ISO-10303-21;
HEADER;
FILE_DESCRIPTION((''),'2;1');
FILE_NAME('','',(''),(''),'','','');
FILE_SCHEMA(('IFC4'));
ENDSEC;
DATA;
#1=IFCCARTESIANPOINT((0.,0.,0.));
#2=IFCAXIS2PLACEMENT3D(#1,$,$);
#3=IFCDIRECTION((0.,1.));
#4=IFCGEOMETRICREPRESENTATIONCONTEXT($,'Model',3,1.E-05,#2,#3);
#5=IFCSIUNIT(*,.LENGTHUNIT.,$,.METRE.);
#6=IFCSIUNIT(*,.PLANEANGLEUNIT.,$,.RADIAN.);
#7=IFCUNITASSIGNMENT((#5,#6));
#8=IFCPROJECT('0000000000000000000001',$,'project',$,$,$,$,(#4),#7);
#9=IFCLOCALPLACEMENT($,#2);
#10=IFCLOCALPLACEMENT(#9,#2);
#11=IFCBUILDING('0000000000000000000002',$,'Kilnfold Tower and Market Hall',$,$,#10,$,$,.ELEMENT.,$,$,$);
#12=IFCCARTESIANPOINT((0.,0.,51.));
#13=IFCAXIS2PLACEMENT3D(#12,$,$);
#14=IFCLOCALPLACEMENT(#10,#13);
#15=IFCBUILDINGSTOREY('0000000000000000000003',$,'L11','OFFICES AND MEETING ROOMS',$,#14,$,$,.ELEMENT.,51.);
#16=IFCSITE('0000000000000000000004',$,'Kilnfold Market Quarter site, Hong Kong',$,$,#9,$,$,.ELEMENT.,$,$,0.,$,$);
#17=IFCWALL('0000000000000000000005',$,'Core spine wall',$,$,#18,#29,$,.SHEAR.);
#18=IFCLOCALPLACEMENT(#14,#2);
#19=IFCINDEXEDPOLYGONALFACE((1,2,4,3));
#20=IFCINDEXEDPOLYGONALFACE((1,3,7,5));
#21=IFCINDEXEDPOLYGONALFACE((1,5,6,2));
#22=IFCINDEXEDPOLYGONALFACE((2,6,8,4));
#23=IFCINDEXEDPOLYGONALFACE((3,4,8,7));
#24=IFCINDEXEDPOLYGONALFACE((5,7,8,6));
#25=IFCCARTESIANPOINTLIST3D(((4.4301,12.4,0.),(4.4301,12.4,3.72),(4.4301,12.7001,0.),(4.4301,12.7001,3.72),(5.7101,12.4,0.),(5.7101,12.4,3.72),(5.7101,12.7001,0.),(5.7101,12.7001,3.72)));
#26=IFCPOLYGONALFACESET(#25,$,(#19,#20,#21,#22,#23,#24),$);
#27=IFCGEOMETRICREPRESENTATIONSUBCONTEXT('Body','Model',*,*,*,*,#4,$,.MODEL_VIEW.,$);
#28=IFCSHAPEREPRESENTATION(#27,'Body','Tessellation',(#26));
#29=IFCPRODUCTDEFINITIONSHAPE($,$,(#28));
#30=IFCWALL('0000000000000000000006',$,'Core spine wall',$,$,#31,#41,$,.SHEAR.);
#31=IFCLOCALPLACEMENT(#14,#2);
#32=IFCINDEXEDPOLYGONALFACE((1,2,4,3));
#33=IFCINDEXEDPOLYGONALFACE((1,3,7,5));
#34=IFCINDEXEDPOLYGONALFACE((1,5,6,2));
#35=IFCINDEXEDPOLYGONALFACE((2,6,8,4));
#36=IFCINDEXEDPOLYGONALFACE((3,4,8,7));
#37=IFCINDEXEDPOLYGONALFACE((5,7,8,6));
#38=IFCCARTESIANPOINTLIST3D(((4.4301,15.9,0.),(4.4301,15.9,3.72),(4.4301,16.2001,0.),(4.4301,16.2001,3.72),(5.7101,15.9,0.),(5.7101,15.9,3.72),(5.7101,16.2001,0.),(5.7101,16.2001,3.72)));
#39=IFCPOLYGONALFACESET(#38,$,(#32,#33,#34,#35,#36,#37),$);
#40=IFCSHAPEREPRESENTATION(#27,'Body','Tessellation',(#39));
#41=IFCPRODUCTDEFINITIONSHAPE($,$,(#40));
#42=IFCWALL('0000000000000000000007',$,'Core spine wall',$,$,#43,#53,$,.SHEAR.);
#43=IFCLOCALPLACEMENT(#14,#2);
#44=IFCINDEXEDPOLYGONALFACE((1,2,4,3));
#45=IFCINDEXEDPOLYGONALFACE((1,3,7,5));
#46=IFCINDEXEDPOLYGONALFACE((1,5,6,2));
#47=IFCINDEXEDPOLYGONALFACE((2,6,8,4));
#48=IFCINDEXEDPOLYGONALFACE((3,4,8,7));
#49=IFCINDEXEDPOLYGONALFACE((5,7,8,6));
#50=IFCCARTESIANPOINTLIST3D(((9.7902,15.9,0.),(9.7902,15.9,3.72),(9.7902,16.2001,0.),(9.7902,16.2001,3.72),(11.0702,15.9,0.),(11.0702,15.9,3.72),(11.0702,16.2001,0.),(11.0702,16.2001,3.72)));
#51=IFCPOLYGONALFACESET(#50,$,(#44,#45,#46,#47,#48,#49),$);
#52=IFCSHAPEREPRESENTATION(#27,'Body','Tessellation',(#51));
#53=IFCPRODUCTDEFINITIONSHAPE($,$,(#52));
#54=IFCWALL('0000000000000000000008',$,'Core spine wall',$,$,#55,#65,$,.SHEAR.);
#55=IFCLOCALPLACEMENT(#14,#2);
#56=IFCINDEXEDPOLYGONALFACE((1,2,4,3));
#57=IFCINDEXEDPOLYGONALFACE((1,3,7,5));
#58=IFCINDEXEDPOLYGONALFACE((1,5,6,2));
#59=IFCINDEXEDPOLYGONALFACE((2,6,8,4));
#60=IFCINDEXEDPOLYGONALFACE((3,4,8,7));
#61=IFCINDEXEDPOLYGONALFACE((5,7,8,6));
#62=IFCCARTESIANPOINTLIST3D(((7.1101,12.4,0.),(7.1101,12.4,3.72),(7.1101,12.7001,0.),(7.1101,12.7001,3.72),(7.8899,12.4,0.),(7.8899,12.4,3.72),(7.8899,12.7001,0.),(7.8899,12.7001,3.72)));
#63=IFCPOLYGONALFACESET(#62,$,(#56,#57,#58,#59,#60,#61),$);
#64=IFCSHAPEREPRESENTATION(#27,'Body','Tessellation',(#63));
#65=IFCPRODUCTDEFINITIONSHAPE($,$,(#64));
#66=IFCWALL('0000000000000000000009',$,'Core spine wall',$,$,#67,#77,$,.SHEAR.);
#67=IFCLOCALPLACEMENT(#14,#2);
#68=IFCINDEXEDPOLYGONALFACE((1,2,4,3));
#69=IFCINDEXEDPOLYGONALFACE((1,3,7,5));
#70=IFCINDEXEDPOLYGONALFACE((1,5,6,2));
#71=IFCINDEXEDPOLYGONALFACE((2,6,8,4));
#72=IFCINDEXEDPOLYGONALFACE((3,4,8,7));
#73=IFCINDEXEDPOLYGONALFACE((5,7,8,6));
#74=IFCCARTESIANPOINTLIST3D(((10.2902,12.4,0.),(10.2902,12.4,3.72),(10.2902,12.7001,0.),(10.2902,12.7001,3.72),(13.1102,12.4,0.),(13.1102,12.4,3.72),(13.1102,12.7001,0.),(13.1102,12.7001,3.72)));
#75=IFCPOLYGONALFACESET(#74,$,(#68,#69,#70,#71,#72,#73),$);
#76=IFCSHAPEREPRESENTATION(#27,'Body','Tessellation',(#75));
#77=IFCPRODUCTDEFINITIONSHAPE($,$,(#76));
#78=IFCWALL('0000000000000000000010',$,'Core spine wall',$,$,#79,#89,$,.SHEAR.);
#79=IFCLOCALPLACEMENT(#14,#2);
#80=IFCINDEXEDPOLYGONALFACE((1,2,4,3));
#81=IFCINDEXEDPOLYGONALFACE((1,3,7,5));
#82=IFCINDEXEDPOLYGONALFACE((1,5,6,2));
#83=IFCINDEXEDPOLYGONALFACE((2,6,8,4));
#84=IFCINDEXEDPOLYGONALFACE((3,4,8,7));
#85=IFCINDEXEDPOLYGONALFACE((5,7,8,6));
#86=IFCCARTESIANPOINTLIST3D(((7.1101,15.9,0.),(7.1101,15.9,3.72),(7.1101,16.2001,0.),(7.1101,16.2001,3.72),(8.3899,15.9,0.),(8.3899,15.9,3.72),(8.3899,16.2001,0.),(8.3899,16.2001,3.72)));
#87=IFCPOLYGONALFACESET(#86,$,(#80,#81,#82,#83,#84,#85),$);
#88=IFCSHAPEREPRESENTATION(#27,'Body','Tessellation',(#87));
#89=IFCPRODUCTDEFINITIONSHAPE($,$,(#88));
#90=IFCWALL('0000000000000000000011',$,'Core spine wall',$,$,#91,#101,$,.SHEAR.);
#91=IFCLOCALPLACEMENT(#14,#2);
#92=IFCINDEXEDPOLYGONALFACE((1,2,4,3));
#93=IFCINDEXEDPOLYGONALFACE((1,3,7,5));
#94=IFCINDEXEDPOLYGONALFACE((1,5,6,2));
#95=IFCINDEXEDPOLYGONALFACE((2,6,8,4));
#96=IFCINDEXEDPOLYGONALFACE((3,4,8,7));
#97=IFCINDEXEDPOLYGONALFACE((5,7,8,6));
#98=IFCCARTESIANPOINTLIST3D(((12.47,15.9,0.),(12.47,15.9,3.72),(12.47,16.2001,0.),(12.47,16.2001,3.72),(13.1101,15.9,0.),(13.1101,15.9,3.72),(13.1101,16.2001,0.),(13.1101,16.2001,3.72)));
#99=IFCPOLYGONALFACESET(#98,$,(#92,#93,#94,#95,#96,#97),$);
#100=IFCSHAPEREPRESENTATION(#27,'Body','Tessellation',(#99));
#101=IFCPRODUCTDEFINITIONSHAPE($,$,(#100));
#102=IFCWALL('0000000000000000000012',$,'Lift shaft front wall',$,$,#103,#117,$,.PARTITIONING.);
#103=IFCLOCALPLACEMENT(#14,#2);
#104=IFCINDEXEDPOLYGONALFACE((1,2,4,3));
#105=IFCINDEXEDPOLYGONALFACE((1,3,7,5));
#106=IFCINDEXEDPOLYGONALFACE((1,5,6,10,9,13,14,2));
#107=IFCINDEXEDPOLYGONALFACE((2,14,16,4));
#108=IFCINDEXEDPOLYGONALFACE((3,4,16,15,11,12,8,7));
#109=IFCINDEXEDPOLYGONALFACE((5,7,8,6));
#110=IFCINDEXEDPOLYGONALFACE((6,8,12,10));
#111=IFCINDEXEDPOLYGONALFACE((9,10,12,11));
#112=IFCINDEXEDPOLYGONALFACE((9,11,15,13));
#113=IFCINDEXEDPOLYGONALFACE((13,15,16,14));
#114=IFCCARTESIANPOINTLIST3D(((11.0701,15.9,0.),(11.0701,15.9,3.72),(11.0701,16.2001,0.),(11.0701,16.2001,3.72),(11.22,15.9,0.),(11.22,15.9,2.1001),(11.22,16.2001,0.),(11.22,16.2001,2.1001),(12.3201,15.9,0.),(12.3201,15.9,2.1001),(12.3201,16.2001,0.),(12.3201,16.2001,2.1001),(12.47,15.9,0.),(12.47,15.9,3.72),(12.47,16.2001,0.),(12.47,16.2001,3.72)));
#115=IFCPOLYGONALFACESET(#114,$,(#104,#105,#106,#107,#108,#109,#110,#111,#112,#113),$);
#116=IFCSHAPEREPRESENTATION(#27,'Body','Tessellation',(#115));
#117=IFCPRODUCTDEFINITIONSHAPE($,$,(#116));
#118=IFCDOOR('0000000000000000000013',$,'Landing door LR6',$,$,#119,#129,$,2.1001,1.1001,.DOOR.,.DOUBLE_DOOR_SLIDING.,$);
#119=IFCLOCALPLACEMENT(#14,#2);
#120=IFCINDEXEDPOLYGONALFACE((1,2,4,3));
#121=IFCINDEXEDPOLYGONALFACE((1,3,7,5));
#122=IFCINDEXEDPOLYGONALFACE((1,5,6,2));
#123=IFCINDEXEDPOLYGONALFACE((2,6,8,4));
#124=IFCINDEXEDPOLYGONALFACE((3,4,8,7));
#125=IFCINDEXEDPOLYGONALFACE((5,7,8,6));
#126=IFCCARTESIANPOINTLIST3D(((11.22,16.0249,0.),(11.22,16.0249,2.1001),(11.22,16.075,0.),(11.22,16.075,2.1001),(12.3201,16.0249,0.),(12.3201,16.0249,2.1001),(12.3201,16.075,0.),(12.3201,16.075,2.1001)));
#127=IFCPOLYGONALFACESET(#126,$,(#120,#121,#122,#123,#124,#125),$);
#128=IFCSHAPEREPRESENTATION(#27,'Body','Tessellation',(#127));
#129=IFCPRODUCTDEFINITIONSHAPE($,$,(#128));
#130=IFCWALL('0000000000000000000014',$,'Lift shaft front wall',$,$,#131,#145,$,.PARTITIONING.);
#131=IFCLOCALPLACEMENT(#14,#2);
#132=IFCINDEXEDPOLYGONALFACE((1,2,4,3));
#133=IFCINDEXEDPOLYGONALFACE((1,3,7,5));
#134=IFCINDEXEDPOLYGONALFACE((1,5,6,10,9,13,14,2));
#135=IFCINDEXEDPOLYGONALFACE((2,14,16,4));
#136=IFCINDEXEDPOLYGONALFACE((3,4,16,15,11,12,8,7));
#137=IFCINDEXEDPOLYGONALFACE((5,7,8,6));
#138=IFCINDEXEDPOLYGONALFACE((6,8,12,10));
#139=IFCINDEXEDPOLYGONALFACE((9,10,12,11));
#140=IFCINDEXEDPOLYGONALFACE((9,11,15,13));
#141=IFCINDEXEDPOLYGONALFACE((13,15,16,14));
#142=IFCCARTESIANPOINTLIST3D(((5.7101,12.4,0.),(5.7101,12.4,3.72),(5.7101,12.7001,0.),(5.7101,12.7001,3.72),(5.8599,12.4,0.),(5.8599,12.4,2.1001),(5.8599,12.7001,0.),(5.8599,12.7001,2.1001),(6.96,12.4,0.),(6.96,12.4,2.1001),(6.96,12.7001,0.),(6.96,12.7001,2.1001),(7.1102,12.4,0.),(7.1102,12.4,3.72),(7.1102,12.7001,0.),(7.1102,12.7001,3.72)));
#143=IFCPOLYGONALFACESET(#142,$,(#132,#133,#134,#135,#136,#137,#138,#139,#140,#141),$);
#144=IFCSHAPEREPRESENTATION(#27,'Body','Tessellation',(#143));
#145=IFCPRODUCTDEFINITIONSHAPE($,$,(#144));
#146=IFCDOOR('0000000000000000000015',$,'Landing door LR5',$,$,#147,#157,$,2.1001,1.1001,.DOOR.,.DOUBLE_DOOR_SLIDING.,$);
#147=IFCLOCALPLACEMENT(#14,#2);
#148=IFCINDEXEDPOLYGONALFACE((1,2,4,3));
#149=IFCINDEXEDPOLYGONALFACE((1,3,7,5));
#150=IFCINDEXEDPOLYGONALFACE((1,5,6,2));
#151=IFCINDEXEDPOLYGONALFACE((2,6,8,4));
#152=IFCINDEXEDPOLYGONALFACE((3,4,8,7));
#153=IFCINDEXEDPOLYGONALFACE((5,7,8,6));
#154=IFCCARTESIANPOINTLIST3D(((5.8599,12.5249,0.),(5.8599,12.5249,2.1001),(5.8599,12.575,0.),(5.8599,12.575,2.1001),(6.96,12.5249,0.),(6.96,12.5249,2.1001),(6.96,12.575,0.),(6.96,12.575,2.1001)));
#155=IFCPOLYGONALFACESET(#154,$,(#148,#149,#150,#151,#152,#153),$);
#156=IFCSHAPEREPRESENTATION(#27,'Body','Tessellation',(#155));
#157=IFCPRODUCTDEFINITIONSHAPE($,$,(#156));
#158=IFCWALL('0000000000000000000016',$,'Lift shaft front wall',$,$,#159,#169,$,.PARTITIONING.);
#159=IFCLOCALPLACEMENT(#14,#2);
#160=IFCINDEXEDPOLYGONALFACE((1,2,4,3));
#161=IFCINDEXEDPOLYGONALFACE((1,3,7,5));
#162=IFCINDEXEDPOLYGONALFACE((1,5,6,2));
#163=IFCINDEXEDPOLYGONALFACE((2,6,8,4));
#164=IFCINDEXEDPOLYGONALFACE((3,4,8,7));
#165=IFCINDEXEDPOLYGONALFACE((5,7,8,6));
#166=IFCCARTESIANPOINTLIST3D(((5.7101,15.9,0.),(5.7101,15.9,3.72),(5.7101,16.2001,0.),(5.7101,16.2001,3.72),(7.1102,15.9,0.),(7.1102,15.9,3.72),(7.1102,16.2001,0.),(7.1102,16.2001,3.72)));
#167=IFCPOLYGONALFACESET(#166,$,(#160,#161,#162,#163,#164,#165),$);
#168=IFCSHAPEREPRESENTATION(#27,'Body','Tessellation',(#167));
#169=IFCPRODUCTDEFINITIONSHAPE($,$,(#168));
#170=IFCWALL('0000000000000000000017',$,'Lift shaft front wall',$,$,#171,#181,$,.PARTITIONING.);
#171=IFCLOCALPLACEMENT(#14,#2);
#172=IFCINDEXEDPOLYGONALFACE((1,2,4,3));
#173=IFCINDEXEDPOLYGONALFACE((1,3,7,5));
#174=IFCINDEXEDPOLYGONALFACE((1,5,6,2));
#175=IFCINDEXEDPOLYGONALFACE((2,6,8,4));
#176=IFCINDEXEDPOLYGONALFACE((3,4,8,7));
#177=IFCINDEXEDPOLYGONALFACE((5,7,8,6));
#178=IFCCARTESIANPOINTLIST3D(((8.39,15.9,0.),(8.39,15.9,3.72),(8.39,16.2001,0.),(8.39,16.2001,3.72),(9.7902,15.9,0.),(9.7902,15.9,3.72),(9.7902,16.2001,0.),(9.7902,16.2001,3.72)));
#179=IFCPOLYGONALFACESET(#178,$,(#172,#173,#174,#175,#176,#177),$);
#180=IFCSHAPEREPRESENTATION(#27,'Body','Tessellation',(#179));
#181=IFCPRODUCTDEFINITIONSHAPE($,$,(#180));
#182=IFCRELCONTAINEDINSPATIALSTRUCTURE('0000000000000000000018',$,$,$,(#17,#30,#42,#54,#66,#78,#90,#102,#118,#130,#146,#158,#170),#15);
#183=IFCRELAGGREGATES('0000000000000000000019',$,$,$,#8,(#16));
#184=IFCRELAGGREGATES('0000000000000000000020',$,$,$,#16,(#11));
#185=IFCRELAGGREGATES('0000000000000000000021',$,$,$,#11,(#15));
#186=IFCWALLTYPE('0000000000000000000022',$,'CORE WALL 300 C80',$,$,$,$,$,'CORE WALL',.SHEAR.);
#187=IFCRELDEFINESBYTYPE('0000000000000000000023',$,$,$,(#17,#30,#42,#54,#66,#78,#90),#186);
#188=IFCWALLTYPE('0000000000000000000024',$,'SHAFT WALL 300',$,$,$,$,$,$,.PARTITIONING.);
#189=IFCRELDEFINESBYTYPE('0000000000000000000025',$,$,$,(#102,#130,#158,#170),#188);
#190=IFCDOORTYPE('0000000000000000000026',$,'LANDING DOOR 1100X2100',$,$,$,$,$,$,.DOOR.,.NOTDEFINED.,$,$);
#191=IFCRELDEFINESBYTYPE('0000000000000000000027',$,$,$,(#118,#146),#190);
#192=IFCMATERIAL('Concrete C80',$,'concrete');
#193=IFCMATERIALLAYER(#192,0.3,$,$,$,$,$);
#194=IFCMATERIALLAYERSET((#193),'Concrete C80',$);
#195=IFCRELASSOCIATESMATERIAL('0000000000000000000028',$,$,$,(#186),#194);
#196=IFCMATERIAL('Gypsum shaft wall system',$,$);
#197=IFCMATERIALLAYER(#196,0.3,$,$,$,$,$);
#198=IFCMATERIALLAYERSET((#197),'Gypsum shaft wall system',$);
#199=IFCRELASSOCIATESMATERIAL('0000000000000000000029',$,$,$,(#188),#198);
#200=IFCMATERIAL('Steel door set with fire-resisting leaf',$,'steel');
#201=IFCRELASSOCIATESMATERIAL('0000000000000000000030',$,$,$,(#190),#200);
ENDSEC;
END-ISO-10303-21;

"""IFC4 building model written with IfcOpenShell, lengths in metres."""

from ifc_helpers import new_model, si_unit, direction, frame, frame_2d, origin, place, context, subcontext, project, spatial, rectangle, extrude, source, transform, mapped, material, layer, layer_set, type_object, element, fill, save


model = new_model("IFC4")

# Units and contexts
model_context = context("Model", 3, precision=1e-05, world=origin(), true_north=direction((0.0, 1.0)))
body_context = subcontext(model_context, "Body", "Model", "MODEL_VIEW")
ifc_project = project(units=[si_unit("LENGTHUNIT", "METRE"), si_unit("PLANEANGLEUNIT", "RADIAN")], contexts=[model_context])

# Site, building, storey
site_placement = place(None, origin())
site = spatial("IfcSite", under=ifc_project, at=site_placement, Name="Kilnfold Market Quarter site, Hong Kong", CompositionType="ELEMENT", RefElevation=0.0)
building_placement = place(site_placement, origin())
building = spatial("IfcBuilding", under=site, at=building_placement, Name="Kilnfold Tower and Market Hall", CompositionType="ELEMENT")
storey_placement = place(building_placement, frame((0.0, 0.0, 51.0)))
storey = spatial("IfcBuildingStorey", under=building, at=storey_placement, Name="L11", Description="OFFICES AND MEETING ROOMS", CompositionType="ELEMENT", Elevation=51.0)

# Walls
ifc_material_1 = material(Name="Concrete C80", Category="concrete")
ifc_layer_1 = layer(ifc_material_1, 0.3)
ifc_layer_set_1 = layer_set([ifc_layer_1], Name="Concrete C80")
wall_type_1 = type_object("IfcWallType", Name="CORE WALL 300 C80", ElementType="CORE WALL", PredefinedType="SHEAR", material=ifc_layer_set_1)
shared_shape_1 = source(origin(), body_context, "Body", "SweptSolid", [
    extrude(rectangle(XDim=1.28, YDim=0.3, at=frame_2d((0.6401, 0.0))), origin(), (0.0, 0.0, 1.0), 3.72),
])
for number, where, z_axis, x_axis, name in (
    (1, (4.4299, 12.55, 0.0), (0.0, 0.0, 1.0), (1.0, 0.0, 0.0), "Core spine wall"),
    (2, (4.4299, 16.05, 0.0), (0.0, 0.0, 1.0), (1.0, 0.0, 0.0), "Core spine wall"),
    (3, (9.79, 16.05, 0.0), (0.0, 0.0, 1.0), (1.0, 0.0, 0.0), "Core spine wall"),
):
    element("IfcWall", number, at=place(storey_placement, frame(where, z_axis=z_axis, x_axis=x_axis)), inside=storey, type_object=wall_type_1, Name=name, PredefinedType="SHEAR", context=body_context, shape_type="MappedRepresentation", body=[
        mapped(shared_shape_1, transform((0.0, 0.0, 0.0))),
    ])
shared_shape_2 = source(origin(), body_context, "Body", "SweptSolid", [
    extrude(rectangle(XDim=0.7798, YDim=0.3, at=frame_2d((0.3899, 0.0))), origin(), (0.0, 0.0, 1.0), 3.72),
])
wall_1_placement = place(storey_placement, frame((7.1101, 12.55, 0.0), z_axis=(0.0, 0.0, 1.0), x_axis=(1.0, 0.0, 0.0)))
element("IfcWall", 4, at=wall_1_placement, inside=storey, type_object=wall_type_1, Name="Core spine wall", PredefinedType="SHEAR", context=body_context, shape_type="MappedRepresentation", body=[
    mapped(shared_shape_2, transform((0.0, 0.0, 0.0))),
])
shared_shape_3 = source(origin(), body_context, "Body", "SweptSolid", [
    extrude(rectangle(XDim=2.8201, YDim=0.3, at=frame_2d((1.4102, 0.0))), origin(), (0.0, 0.0, 1.0), 3.72),
])
wall_2_placement = place(storey_placement, frame((10.29, 12.55, 0.0), z_axis=(0.0, 0.0, 1.0), x_axis=(1.0, 0.0, 0.0)))
element("IfcWall", 5, at=wall_2_placement, inside=storey, type_object=wall_type_1, Name="Core spine wall", PredefinedType="SHEAR", context=body_context, shape_type="MappedRepresentation", body=[
    mapped(shared_shape_3, transform((0.0, 0.0, 0.0))),
])
shared_shape_4 = source(origin(), body_context, "Body", "SweptSolid", [
    extrude(rectangle(XDim=1.2798, YDim=0.3, at=frame_2d((0.6399, 0.0))), origin(), (0.0, 0.0, 1.0), 3.72),
])
wall_3_placement = place(storey_placement, frame((7.1101, 16.05, 0.0), z_axis=(0.0, 0.0, 1.0), x_axis=(1.0, 0.0, 0.0)))
element("IfcWall", 6, at=wall_3_placement, inside=storey, type_object=wall_type_1, Name="Core spine wall", PredefinedType="SHEAR", context=body_context, shape_type="MappedRepresentation", body=[
    mapped(shared_shape_4, transform((0.0, 0.0, 0.0))),
])
shared_shape_5 = source(origin(), body_context, "Body", "SweptSolid", [
    extrude(rectangle(XDim=0.6401, YDim=0.3, at=frame_2d((0.3201, 0.0))), origin(), (0.0, 0.0, 1.0), 3.72),
])
wall_4_placement = place(storey_placement, frame((12.47, 16.05, 0.0), z_axis=(0.0, 0.0, 1.0), x_axis=(1.0, 0.0, 0.0)))
element("IfcWall", 7, at=wall_4_placement, inside=storey, type_object=wall_type_1, Name="Core spine wall", PredefinedType="SHEAR", context=body_context, shape_type="MappedRepresentation", body=[
    mapped(shared_shape_5, transform((0.0, 0.0, 0.0))),
])

# Walls, openings, doors
ifc_material_2 = material(Name="Gypsum shaft wall system")
ifc_layer_2 = layer(ifc_material_2, 0.3)
ifc_layer_set_2 = layer_set([ifc_layer_2], Name="Gypsum shaft wall system")
wall_type_2 = type_object("IfcWallType", Name="SHAFT WALL 300", PredefinedType="PARTITIONING", material=ifc_layer_set_2)
shared_shape_6 = source(origin(), body_context, "Body", "SweptSolid", [
    extrude(rectangle(XDim=1.3999, YDim=0.3, at=frame_2d((0.7, 0.0))), origin(), (0.0, 0.0, 1.0), 3.72),
])
wall_5_placement = place(storey_placement, frame((11.0701, 16.05, 0.0), z_axis=(0.0, 0.0, 1.0), x_axis=(1.0, 0.0, 0.0)))
wall_5 = element("IfcWall", 8, at=wall_5_placement, inside=storey, type_object=wall_type_2, Name="Lift shaft front wall", PredefinedType="PARTITIONING", context=body_context, shape_type="MappedRepresentation", body=[
    mapped(shared_shape_6, transform((0.0, 0.0, 0.0))),
])
opening_1_placement = place(wall_5_placement, frame((0.1499, 0.0, 0.0)))
opening_1 = element("IfcOpeningElement", 9, at=opening_1_placement, cuts=wall_5, PredefinedType="OPENING", context=body_context, shape_type="SweptSolid", body=[
    extrude(rectangle(XDim=1.1001, YDim=2.1001, at=frame_2d((0.55, 1.05))), frame((0.0, 0.1602, 0.0), z_axis=(0.0, -1.0, 0.0), x_axis=(1.0, 0.0, 0.0)), (0.0, 0.0, 1.0), 0.3201),
])
ifc_material_3 = material(Name="Steel door set with fire-resisting leaf", Category="steel")
door_type_1 = type_object("IfcDoorType", Name="LANDING DOOR 1100X2100", OperationType="NOTDEFINED", PredefinedType="DOOR", material=ifc_material_3)
door_1_placement = place(opening_1_placement, origin())
door_1 = element("IfcDoor", 10, at=door_1_placement, inside=storey, type_object=door_type_1, Name="Landing door LR6", OperationType="DOUBLE_DOOR_SLIDING", OverallHeight=2.1001, OverallWidth=1.1001, PredefinedType="DOOR", context=body_context, shape_type="SweptSolid", body=[
    extrude(rectangle(XDim=1.1001, YDim=2.1001, at=frame_2d((0.55, 1.05))), frame((0.0, 0.0249, 0.0), z_axis=(0.0, -1.0, 0.0), x_axis=(1.0, 0.0, 0.0)), (0.0, 0.0, 1.0), 0.05),
])
fill(opening_1, door_1)
shared_shape_7 = source(origin(), body_context, "Body", "SweptSolid", [
    extrude(rectangle(XDim=1.4001, YDim=0.3, at=frame_2d((0.7002, 0.0))), origin(), (0.0, 0.0, 1.0), 3.72),
])
wall_6_placement = place(storey_placement, frame((5.71, 12.55, 0.0), z_axis=(0.0, 0.0, 1.0), x_axis=(1.0, 0.0, 0.0)))
wall_6 = element("IfcWall", 11, at=wall_6_placement, inside=storey, type_object=wall_type_2, Name="Lift shaft front wall", PredefinedType="PARTITIONING", context=body_context, shape_type="MappedRepresentation", body=[
    mapped(shared_shape_7, transform((0.0, 0.0, 0.0))),
])
opening_2_placement = place(wall_6_placement, frame((0.1499, 0.0, 0.0)))
opening_2 = element("IfcOpeningElement", 12, at=opening_2_placement, cuts=wall_6, PredefinedType="OPENING", context=body_context, shape_type="SweptSolid", body=[
    extrude(rectangle(XDim=1.1001, YDim=2.1001, at=frame_2d((0.55, 1.05))), frame((0.0, 0.1602, 0.0), z_axis=(0.0, -1.0, 0.0), x_axis=(1.0, 0.0, 0.0)), (0.0, 0.0, 1.0), 0.3201),
])
door_2_placement = place(opening_2_placement, origin())
door_2 = element("IfcDoor", 13, at=door_2_placement, inside=storey, type_object=door_type_1, Name="Landing door LR5", OperationType="DOUBLE_DOOR_SLIDING", OverallHeight=2.1001, OverallWidth=1.1001, PredefinedType="DOOR", context=body_context, shape_type="SweptSolid", body=[
    extrude(rectangle(XDim=1.1001, YDim=2.1001, at=frame_2d((0.55, 1.05))), frame((0.0, 0.0249, 0.0), z_axis=(0.0, -1.0, 0.0), x_axis=(1.0, 0.0, 0.0)), (0.0, 0.0, 1.0), 0.05),
])
fill(opening_2, door_2)

# Walls
for number, where, z_axis, x_axis, name in (
    (14, (5.71, 16.05, 0.0), (0.0, 0.0, 1.0), (1.0, 0.0, 0.0), "Lift shaft front wall"),
    (15, (8.3899, 16.05, 0.0), (0.0, 0.0, 1.0), (1.0, 0.0, 0.0), "Lift shaft front wall"),
):
    element("IfcWall", number, at=place(storey_placement, frame(where, z_axis=z_axis, x_axis=x_axis)), inside=storey, type_object=wall_type_2, Name=name, PredefinedType="PARTITIONING", context=body_context, shape_type="MappedRepresentation", body=[
        mapped(shared_shape_7, transform((0.0, 0.0, 0.0))),
    ])

save(model, "model.ifc")
